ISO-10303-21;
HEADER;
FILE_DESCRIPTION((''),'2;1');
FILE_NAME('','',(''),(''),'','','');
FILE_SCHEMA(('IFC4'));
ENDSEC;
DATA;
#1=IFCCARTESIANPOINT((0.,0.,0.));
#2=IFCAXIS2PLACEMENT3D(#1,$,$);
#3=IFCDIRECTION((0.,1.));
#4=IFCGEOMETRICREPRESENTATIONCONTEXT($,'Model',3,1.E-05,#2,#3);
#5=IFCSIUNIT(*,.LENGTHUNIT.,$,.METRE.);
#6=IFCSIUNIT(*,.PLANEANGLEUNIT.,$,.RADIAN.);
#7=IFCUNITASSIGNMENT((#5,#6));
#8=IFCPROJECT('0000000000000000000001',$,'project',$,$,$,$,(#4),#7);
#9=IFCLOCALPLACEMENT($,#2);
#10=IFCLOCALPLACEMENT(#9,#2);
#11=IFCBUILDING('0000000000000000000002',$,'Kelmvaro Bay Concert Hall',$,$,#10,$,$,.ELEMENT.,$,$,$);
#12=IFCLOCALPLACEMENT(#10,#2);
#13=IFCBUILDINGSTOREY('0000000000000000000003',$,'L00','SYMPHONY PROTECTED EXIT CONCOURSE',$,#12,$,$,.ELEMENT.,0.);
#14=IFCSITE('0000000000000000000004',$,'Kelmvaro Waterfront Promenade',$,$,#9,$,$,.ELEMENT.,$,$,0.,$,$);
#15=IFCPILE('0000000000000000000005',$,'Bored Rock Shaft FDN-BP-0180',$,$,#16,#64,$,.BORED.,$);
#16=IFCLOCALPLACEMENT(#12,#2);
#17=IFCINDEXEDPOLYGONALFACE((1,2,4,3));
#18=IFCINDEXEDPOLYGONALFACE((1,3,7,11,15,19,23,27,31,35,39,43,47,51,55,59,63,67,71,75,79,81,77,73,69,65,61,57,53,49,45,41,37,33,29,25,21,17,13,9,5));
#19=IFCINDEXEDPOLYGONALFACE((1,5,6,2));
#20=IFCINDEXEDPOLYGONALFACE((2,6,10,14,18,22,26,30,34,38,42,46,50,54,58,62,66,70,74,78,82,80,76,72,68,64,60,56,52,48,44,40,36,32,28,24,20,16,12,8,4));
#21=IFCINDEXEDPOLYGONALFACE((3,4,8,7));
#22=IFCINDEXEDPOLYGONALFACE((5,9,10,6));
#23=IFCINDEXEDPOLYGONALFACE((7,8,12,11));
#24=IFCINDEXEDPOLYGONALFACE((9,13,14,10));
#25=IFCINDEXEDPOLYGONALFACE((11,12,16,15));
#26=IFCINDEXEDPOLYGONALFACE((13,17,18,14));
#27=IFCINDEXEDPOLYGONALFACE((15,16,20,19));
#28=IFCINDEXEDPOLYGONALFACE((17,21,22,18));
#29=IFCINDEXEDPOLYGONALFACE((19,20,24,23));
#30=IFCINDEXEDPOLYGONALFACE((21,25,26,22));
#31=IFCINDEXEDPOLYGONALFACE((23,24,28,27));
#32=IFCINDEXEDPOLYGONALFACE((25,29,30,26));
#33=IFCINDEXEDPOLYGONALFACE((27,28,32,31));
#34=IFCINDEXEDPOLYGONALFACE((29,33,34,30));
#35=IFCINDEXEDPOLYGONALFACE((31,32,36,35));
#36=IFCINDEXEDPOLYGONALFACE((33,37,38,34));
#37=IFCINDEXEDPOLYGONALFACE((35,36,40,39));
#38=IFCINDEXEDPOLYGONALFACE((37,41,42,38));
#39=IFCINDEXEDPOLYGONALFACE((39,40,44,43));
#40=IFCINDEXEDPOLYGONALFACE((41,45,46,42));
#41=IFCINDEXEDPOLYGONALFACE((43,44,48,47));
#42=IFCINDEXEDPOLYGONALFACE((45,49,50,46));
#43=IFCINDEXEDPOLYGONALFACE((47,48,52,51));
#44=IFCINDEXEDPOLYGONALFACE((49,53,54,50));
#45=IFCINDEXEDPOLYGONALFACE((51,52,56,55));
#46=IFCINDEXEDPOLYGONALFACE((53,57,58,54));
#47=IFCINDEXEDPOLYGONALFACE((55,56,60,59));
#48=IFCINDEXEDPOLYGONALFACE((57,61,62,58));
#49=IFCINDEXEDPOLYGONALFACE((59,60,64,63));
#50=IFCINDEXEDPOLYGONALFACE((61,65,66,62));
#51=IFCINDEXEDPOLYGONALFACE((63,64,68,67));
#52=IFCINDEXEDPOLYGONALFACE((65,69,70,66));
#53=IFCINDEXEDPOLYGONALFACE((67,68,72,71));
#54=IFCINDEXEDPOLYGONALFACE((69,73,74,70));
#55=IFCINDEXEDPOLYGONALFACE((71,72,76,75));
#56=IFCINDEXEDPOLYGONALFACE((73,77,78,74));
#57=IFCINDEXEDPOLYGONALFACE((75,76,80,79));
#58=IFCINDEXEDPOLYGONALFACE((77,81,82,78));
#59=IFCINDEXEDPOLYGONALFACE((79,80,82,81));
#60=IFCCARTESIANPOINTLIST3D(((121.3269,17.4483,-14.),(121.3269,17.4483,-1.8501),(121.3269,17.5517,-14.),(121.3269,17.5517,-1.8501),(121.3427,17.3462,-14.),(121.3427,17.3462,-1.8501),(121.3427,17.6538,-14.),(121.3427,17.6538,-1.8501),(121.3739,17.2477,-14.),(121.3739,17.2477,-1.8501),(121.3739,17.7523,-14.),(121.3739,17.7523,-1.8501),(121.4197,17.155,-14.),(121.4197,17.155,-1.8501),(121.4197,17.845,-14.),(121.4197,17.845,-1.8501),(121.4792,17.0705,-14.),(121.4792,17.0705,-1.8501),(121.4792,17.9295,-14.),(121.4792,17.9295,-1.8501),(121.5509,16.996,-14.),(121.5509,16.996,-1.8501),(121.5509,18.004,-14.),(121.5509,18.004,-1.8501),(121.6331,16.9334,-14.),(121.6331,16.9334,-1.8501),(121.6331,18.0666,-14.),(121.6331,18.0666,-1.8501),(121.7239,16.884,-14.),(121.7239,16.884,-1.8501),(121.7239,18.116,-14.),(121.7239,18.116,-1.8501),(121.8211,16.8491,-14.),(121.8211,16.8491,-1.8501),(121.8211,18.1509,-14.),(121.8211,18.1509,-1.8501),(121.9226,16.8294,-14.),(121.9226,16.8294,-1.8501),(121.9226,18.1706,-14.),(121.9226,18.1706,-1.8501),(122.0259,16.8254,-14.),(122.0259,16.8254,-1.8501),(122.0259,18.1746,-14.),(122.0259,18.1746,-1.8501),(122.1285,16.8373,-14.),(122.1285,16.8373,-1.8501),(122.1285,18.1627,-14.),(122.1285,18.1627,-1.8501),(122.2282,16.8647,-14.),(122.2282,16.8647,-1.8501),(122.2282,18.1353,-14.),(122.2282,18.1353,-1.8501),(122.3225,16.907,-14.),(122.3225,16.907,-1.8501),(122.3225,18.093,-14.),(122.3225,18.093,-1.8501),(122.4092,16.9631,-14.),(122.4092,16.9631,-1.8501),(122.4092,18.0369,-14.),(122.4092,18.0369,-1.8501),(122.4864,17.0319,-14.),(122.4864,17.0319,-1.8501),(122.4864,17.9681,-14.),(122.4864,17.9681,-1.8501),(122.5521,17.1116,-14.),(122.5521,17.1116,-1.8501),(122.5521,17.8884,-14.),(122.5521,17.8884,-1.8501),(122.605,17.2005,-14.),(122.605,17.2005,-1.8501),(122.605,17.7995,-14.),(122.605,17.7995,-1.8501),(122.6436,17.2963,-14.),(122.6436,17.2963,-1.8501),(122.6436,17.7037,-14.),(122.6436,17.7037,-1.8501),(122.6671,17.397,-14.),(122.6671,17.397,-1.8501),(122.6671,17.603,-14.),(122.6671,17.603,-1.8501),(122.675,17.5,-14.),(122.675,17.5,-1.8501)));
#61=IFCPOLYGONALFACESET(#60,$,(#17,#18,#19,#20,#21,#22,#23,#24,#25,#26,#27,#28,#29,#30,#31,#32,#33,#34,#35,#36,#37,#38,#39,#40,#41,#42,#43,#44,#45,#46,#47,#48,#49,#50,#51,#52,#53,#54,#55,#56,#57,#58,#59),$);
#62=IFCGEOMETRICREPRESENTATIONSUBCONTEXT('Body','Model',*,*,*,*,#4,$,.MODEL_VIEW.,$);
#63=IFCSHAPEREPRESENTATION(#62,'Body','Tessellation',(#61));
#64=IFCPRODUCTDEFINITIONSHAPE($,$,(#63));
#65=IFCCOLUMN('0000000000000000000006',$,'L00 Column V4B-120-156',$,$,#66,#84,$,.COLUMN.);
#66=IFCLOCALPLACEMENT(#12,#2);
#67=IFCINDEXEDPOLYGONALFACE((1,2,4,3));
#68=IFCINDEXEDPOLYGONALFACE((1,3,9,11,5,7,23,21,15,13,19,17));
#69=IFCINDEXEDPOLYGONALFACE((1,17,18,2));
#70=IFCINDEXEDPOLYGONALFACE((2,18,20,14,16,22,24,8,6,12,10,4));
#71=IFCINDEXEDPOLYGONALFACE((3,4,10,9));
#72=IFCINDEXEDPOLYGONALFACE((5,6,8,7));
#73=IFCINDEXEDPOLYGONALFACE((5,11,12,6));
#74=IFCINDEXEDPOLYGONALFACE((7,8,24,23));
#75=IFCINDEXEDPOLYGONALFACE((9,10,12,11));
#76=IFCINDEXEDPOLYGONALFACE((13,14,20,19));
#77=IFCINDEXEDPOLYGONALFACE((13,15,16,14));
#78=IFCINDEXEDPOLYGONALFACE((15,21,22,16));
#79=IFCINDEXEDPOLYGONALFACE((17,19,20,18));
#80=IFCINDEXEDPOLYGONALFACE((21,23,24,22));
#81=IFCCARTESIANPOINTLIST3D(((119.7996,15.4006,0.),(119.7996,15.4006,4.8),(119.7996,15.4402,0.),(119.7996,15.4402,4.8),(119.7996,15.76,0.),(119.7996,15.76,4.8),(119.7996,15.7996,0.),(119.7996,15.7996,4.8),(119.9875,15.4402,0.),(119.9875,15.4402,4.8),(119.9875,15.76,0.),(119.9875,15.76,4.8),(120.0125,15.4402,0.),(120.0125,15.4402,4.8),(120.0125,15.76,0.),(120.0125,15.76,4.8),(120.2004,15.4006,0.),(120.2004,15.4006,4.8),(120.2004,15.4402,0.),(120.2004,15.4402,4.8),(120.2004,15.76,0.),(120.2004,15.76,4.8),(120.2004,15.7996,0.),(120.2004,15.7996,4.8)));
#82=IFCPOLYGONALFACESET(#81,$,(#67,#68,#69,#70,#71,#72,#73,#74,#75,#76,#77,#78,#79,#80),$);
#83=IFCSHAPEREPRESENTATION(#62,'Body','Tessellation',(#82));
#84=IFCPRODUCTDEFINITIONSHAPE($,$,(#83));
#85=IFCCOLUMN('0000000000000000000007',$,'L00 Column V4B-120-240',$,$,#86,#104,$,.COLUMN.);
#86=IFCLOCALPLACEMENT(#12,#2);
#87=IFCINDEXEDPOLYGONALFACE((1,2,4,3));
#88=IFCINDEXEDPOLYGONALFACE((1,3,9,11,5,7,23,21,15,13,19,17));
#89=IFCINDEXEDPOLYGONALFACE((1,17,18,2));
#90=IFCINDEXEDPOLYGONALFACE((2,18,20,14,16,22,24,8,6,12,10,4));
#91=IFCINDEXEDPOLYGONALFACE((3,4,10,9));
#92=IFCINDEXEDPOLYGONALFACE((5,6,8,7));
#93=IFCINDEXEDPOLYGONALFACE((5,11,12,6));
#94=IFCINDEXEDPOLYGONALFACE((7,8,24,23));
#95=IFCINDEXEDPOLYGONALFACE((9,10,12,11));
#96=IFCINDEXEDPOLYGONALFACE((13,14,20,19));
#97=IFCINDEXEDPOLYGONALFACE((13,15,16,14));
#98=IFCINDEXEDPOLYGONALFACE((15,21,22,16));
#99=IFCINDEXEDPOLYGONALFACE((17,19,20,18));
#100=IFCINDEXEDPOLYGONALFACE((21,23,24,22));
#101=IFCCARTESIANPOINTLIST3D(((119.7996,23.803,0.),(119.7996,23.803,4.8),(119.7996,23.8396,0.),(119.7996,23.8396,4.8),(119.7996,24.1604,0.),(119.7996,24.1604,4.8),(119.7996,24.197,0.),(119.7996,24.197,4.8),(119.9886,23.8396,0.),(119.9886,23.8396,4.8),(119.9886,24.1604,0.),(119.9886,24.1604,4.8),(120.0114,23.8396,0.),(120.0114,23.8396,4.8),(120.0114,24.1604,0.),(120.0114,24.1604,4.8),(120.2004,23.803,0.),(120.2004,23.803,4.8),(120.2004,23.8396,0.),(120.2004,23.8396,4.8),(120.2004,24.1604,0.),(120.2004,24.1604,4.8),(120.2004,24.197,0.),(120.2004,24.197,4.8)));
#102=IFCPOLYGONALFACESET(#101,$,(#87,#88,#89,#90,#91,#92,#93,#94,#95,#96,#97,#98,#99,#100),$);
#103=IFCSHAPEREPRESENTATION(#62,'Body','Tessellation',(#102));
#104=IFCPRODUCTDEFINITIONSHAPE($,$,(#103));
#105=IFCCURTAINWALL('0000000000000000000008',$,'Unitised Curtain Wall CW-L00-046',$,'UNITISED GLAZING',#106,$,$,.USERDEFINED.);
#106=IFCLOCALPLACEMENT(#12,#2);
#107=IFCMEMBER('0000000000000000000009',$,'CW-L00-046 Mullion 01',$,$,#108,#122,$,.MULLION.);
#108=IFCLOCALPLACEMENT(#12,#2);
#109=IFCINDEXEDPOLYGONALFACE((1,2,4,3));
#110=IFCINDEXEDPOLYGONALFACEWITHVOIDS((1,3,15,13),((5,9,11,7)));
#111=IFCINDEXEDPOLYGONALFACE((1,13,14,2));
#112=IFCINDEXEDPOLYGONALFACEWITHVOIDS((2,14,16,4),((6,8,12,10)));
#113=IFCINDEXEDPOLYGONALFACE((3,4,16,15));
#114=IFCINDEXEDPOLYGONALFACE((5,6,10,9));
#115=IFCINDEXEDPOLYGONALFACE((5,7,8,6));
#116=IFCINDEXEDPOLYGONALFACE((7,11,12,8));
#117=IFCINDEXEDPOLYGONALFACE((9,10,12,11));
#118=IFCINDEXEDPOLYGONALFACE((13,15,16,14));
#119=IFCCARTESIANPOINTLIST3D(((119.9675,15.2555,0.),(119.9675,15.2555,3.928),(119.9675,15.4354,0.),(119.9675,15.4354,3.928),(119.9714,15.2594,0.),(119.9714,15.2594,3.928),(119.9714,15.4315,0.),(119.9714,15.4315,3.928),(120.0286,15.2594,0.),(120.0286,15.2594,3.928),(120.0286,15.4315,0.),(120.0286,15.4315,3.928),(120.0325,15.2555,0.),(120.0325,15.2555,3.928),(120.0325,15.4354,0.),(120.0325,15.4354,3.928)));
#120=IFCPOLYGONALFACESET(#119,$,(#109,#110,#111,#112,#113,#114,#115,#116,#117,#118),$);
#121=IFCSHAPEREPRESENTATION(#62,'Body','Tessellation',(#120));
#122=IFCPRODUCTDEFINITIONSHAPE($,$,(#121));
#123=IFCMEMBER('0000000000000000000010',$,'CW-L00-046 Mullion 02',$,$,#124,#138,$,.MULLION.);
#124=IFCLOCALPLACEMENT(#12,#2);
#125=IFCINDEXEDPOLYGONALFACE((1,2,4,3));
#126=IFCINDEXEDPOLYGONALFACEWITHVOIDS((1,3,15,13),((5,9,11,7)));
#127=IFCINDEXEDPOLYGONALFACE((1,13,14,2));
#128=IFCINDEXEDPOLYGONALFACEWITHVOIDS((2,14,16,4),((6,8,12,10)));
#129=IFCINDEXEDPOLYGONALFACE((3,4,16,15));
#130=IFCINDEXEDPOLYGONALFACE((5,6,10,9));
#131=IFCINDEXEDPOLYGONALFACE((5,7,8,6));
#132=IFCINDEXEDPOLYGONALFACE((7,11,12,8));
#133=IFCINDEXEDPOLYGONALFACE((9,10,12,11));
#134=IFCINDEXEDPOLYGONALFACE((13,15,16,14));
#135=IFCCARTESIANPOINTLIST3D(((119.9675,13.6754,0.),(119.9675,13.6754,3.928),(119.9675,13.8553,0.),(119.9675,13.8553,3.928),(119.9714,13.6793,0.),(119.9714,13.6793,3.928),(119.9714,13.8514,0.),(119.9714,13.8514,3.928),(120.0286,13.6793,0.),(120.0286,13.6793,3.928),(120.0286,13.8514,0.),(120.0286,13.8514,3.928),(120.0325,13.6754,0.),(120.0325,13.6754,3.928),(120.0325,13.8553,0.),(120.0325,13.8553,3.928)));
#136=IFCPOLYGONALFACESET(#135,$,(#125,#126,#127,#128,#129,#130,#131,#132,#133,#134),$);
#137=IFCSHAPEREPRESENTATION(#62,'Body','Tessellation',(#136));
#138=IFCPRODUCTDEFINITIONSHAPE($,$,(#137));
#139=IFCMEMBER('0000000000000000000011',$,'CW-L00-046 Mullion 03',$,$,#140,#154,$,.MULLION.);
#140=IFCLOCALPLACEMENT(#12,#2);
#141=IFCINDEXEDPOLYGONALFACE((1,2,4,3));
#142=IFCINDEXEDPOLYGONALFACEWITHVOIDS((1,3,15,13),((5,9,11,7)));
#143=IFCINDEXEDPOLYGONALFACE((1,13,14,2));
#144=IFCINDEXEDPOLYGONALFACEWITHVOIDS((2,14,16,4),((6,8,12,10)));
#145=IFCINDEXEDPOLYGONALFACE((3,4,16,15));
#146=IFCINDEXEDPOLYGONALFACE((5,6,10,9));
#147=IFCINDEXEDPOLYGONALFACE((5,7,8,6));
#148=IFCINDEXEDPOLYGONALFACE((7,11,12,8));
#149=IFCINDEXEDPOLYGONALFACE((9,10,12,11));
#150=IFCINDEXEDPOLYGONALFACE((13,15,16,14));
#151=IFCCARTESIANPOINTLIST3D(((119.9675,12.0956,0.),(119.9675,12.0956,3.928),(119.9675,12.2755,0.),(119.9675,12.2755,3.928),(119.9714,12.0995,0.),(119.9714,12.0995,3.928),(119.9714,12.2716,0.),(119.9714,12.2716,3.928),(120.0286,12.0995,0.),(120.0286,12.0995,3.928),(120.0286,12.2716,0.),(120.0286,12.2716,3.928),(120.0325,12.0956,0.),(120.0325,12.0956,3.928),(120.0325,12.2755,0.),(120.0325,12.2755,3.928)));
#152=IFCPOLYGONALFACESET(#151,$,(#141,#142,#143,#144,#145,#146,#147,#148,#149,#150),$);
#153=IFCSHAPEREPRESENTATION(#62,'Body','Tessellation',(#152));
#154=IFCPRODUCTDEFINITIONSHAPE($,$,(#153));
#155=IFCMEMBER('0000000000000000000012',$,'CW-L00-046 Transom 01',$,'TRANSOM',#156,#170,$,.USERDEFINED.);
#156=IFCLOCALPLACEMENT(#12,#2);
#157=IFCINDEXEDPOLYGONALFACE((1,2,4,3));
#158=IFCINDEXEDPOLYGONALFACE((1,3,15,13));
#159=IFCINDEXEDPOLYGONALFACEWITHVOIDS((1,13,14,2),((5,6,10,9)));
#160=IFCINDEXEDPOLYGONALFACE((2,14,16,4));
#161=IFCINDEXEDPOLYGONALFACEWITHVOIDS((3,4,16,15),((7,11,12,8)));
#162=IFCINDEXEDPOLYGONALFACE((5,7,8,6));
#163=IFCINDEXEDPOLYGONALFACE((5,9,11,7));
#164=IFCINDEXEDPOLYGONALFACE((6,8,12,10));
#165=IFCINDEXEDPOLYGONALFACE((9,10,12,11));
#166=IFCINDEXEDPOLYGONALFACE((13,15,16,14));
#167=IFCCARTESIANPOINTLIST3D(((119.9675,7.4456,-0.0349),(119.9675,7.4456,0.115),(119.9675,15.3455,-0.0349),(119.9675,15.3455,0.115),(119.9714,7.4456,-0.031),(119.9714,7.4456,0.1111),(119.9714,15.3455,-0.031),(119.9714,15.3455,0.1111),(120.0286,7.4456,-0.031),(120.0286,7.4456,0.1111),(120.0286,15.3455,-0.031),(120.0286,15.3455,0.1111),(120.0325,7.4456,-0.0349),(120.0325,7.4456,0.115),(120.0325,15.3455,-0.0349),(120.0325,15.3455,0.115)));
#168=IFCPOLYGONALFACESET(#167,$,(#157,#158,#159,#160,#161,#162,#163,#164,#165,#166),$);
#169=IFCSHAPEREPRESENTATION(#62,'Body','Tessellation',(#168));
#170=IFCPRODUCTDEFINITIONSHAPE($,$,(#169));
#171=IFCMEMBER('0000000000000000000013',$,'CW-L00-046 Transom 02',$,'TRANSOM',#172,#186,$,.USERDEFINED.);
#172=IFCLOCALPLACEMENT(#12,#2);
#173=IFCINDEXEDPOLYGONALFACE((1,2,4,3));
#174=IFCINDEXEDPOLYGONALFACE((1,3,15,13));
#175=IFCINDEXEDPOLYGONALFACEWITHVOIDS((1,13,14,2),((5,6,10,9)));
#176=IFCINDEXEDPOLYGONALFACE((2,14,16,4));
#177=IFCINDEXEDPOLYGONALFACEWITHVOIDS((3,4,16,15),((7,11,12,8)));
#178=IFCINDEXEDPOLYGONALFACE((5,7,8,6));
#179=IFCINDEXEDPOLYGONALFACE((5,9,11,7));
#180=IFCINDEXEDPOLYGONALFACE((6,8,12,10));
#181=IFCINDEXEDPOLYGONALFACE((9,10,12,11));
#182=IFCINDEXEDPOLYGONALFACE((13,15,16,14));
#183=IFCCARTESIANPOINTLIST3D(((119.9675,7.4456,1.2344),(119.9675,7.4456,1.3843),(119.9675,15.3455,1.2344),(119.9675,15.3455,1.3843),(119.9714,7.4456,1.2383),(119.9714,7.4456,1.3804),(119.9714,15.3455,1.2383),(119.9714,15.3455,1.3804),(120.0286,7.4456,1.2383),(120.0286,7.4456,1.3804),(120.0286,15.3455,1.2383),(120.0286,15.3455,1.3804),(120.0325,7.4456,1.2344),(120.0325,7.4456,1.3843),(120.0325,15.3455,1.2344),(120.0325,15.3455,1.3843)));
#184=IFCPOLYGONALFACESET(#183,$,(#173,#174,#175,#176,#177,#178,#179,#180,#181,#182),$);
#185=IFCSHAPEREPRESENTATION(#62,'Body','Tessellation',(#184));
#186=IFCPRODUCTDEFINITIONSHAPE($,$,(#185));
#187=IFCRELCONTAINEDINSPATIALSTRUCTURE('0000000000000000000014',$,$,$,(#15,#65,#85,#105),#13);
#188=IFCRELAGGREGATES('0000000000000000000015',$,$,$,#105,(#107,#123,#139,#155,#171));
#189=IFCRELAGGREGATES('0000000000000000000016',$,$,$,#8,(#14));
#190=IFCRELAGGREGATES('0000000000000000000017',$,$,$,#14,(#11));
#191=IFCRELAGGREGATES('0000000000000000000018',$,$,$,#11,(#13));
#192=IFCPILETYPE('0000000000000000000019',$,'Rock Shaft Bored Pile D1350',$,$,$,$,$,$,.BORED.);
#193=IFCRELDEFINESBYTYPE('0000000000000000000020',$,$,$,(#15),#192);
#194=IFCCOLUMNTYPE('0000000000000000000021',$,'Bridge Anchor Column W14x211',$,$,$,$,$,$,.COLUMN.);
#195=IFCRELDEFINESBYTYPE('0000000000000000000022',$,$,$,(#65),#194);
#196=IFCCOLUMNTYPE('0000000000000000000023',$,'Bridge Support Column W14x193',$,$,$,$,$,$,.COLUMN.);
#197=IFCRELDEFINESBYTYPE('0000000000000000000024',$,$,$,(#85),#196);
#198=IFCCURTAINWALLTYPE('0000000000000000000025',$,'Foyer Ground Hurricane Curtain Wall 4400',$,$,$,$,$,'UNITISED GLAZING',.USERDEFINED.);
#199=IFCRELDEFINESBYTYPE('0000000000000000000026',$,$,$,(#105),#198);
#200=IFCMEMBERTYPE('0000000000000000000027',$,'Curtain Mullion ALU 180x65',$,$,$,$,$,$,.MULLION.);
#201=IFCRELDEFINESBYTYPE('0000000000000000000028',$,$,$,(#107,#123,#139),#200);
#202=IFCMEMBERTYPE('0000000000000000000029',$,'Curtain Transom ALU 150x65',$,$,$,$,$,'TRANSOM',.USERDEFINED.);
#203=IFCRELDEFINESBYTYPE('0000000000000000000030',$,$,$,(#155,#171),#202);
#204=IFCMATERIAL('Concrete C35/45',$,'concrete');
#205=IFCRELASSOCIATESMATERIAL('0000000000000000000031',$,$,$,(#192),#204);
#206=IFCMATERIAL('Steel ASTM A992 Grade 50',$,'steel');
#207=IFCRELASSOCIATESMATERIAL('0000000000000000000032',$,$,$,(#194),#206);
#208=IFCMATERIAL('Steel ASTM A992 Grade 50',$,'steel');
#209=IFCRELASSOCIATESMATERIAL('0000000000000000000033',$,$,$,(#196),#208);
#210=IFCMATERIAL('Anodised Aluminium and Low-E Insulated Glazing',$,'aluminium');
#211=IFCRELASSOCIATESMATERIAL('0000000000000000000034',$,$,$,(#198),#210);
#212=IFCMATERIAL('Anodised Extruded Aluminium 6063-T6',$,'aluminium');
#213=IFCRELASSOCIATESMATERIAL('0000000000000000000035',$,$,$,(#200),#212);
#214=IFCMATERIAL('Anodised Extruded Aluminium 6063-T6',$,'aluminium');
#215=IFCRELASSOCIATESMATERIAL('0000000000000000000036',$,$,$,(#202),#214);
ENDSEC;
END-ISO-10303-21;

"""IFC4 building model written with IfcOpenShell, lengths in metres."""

from ifc_helpers import new_model, si_unit, direction, frame, origin, origin_2d, place, context, subcontext, project, spatial, hollow_rectangle, circle, i_section, extrude, material, material_profile, profile_set, type_object, element, aggregate, save


model = new_model("IFC4")

# Units and contexts
model_context = context("Model", 3, precision=1e-05, world=origin(), true_north=direction((0.0, 1.0)))
body_context = subcontext(model_context, "Body", "Model", "MODEL_VIEW")
ifc_project = project(units=[si_unit("LENGTHUNIT", "METRE"), si_unit("PLANEANGLEUNIT", "RADIAN")], contexts=[model_context])

# Site, building, storey
site_placement = place(None, origin())
site = spatial("IfcSite", under=ifc_project, at=site_placement, Name="Kelmvaro Waterfront Promenade", CompositionType="ELEMENT", RefElevation=0.0)
building_placement = place(site_placement, origin())
building = spatial("IfcBuilding", under=site, at=building_placement, Name="Kelmvaro Bay Concert Hall", CompositionType="ELEMENT")
storey_placement = place(building_placement, origin())
storey = spatial("IfcBuildingStorey", under=building, at=storey_placement, Name="L00", Description="SYMPHONY PROTECTED EXIT CONCOURSE", CompositionType="ELEMENT", Elevation=0.0)

# Pile
ifc_material_1 = material(Name="Concrete C35/45", Category="concrete")
ifc_material_profile_1 = material_profile(ifc_material_1, circle(Radius=0.675, at=origin_2d()), Name="PILE-BORED-1350")
ifc_profile_set_1 = profile_set([ifc_material_profile_1], Name="Concrete C35/45")
pile_type_1 = type_object("IfcPileType", Name="Rock Shaft Bored Pile D1350", PredefinedType="BORED", material=ifc_profile_set_1)
for number, where, z_axis, x_axis, name in (
    (1, (122.0, 17.5, -1.8501), (0.0, 0.0, -1.0), (1.0, 0.0, 0.0), "Bored Rock Shaft FDN-BP-0180"),
):
    element("IfcPile", number, at=place(storey_placement, frame(where, z_axis=z_axis, x_axis=x_axis)), inside=storey, type_object=pile_type_1, Name=name, PredefinedType="BORED", context=body_context, shape_type="SweptSolid", body=[
        extrude(circle(Radius=0.675, at=origin_2d()), origin(), (0.0, 0.0, 1.0), 12.1499),
    ])

# Columns
ifc_material_2 = material(Name="Steel ASTM A992 Grade 50", Category="steel")
ifc_material_profile_2 = material_profile(ifc_material_2, i_section(OverallWidth=0.4009, OverallDepth=0.3989, WebThickness=0.0249, FlangeThickness=0.0396, at=origin_2d()), Name="W14X211")
ifc_profile_set_2 = profile_set([ifc_material_profile_2], Name="Steel ASTM A992 Grade 50")
column_type_1 = type_object("IfcColumnType", Name="Bridge Anchor Column W14x211", PredefinedType="COLUMN", material=ifc_profile_set_2)
column_1_placement = place(storey_placement, frame((120.0, 15.6001, 0.0), z_axis=(0.0, 0.0, 1.0), x_axis=(1.0, 0.0, 0.0)))
element("IfcColumn", 2, at=column_1_placement, inside=storey, type_object=column_type_1, Name="L00 Column V4B-120-156", PredefinedType="COLUMN", context=body_context, shape_type="SweptSolid", body=[
    extrude(i_section(OverallWidth=0.4009, OverallDepth=0.3989, WebThickness=0.0249, FlangeThickness=0.0396, at=origin_2d()), origin(), (0.0, 0.0, 1.0), 4.8),
])
ifc_material_3 = material(Name="Steel ASTM A992 Grade 50", Category="steel")
ifc_material_profile_3 = material_profile(ifc_material_3, i_section(OverallWidth=0.4009, OverallDepth=0.394, WebThickness=0.0227, FlangeThickness=0.0366, at=origin_2d()), Name="W14X193")
ifc_profile_set_3 = profile_set([ifc_material_profile_3], Name="Steel ASTM A992 Grade 50")
column_type_2 = type_object("IfcColumnType", Name="Bridge Support Column W14x193", PredefinedType="COLUMN", material=ifc_profile_set_3)
column_2_placement = place(storey_placement, frame((120.0, 24.0, 0.0), z_axis=(0.0, 0.0, 1.0), x_axis=(1.0, 0.0, 0.0)))
element("IfcColumn", 3, at=column_2_placement, inside=storey, type_object=column_type_2, Name="L00 Column V4B-120-240", PredefinedType="COLUMN", context=body_context, shape_type="SweptSolid", body=[
    extrude(i_section(OverallWidth=0.4009, OverallDepth=0.394, WebThickness=0.0227, FlangeThickness=0.0366, at=origin_2d()), origin(), (0.0, 0.0, 1.0), 4.8),
])

# Curtain wall, members
ifc_material_4 = material(Name="Anodised Aluminium and Low-E Insulated Glazing", Category="aluminium")
curtain_wall_type = type_object("IfcCurtainWallType", Name="Foyer Ground Hurricane Curtain Wall 4400", ElementType="UNITISED GLAZING", PredefinedType="USERDEFINED", material=ifc_material_4)
curtain_wall_placement = place(storey_placement, origin())
curtain_wall = element("IfcCurtainWall", 4, at=curtain_wall_placement, inside=storey, type_object=curtain_wall_type, Name="Unitised Curtain Wall CW-L00-046", ObjectType="UNITISED GLAZING", PredefinedType="USERDEFINED")
ifc_material_5 = material(Name="Anodised Extruded Aluminium 6063-T6", Category="aluminium")
ifc_material_profile_4 = material_profile(ifc_material_5, hollow_rectangle(XDim=0.0649, YDim=0.1799, WallThickness=0.0039, at=origin_2d()), Name="ALU-MUL-180X65")
ifc_profile_set_4 = profile_set([ifc_material_profile_4], Name="Anodised Extruded Aluminium 6063-T6")
member_type_1 = type_object("IfcMemberType", Name="Curtain Mullion ALU 180x65", PredefinedType="MULLION", material=ifc_profile_set_4)
member_1_placement = place(storey_placement, frame((120.0, 15.3455, 0.0), z_axis=(0.0, 0.0, 1.0), x_axis=(1.0, 0.0, 0.0)))
member_1 = element("IfcMember", 5, at=member_1_placement, type_object=member_type_1, Name="CW-L00-046 Mullion 01", PredefinedType="MULLION", context=body_context, shape_type="SweptSolid", body=[
    extrude(hollow_rectangle(XDim=0.0649, YDim=0.1799, WallThickness=0.0039, at=origin_2d()), origin(), (0.0, 0.0, 1.0), 3.928),
])
member_2_placement = place(storey_placement, frame((120.0, 13.7654, 0.0), z_axis=(0.0, 0.0, 1.0), x_axis=(1.0, 0.0, 0.0)))
member_2 = element("IfcMember", 6, at=member_2_placement, type_object=member_type_1, Name="CW-L00-046 Mullion 02", PredefinedType="MULLION", context=body_context, shape_type="SweptSolid", body=[
    extrude(hollow_rectangle(XDim=0.0649, YDim=0.1799, WallThickness=0.0039, at=origin_2d()), origin(), (0.0, 0.0, 1.0), 3.928),
])
member_3_placement = place(storey_placement, frame((120.0, 12.1855, 0.0), z_axis=(0.0, 0.0, 1.0), x_axis=(1.0, 0.0, 0.0)))
member_3 = element("IfcMember", 7, at=member_3_placement, type_object=member_type_1, Name="CW-L00-046 Mullion 03", PredefinedType="MULLION", context=body_context, shape_type="SweptSolid", body=[
    extrude(hollow_rectangle(XDim=0.0649, YDim=0.1799, WallThickness=0.0039, at=origin_2d()), origin(), (0.0, 0.0, 1.0), 3.928),
])
ifc_material_6 = material(Name="Anodised Extruded Aluminium 6063-T6", Category="aluminium")
ifc_material_profile_5 = material_profile(ifc_material_6, hollow_rectangle(XDim=0.0649, YDim=0.1499, WallThickness=0.0039, at=origin_2d()), Name="ALU-TRN-150X65")
ifc_profile_set_5 = profile_set([ifc_material_profile_5], Name="Anodised Extruded Aluminium 6063-T6")
member_type_2 = type_object("IfcMemberType", Name="Curtain Transom ALU 150x65", ElementType="TRANSOM", PredefinedType="USERDEFINED", material=ifc_profile_set_5)
member_4_placement = place(storey_placement, frame((120.0, 15.3455, 0.04), z_axis=(0.0, -1.0, 0.0), x_axis=(1.0, 0.0, 0.0)))
member_4 = element("IfcMember", 8, at=member_4_placement, type_object=member_type_2, Name="CW-L00-046 Transom 01", ObjectType="TRANSOM", PredefinedType="USERDEFINED", context=body_context, shape_type="SweptSolid", body=[
    extrude(hollow_rectangle(XDim=0.0649, YDim=0.1499, WallThickness=0.0039, at=origin_2d()), origin(), (0.0, 0.0, 1.0), 7.8999),
])
member_5_placement = place(storey_placement, frame((120.0, 15.3455, 1.3093), z_axis=(0.0, -1.0, 0.0), x_axis=(1.0, 0.0, 0.0)))
member_5 = element("IfcMember", 9, at=member_5_placement, type_object=member_type_2, Name="CW-L00-046 Transom 02", ObjectType="TRANSOM", PredefinedType="USERDEFINED", context=body_context, shape_type="SweptSolid", body=[
    extrude(hollow_rectangle(XDim=0.0649, YDim=0.1499, WallThickness=0.0039, at=origin_2d()), origin(), (0.0, 0.0, 1.0), 7.8999),
])
aggregate(curtain_wall, [member_1, member_2, member_3, member_4, member_5])

save(model, "model.ifc")
